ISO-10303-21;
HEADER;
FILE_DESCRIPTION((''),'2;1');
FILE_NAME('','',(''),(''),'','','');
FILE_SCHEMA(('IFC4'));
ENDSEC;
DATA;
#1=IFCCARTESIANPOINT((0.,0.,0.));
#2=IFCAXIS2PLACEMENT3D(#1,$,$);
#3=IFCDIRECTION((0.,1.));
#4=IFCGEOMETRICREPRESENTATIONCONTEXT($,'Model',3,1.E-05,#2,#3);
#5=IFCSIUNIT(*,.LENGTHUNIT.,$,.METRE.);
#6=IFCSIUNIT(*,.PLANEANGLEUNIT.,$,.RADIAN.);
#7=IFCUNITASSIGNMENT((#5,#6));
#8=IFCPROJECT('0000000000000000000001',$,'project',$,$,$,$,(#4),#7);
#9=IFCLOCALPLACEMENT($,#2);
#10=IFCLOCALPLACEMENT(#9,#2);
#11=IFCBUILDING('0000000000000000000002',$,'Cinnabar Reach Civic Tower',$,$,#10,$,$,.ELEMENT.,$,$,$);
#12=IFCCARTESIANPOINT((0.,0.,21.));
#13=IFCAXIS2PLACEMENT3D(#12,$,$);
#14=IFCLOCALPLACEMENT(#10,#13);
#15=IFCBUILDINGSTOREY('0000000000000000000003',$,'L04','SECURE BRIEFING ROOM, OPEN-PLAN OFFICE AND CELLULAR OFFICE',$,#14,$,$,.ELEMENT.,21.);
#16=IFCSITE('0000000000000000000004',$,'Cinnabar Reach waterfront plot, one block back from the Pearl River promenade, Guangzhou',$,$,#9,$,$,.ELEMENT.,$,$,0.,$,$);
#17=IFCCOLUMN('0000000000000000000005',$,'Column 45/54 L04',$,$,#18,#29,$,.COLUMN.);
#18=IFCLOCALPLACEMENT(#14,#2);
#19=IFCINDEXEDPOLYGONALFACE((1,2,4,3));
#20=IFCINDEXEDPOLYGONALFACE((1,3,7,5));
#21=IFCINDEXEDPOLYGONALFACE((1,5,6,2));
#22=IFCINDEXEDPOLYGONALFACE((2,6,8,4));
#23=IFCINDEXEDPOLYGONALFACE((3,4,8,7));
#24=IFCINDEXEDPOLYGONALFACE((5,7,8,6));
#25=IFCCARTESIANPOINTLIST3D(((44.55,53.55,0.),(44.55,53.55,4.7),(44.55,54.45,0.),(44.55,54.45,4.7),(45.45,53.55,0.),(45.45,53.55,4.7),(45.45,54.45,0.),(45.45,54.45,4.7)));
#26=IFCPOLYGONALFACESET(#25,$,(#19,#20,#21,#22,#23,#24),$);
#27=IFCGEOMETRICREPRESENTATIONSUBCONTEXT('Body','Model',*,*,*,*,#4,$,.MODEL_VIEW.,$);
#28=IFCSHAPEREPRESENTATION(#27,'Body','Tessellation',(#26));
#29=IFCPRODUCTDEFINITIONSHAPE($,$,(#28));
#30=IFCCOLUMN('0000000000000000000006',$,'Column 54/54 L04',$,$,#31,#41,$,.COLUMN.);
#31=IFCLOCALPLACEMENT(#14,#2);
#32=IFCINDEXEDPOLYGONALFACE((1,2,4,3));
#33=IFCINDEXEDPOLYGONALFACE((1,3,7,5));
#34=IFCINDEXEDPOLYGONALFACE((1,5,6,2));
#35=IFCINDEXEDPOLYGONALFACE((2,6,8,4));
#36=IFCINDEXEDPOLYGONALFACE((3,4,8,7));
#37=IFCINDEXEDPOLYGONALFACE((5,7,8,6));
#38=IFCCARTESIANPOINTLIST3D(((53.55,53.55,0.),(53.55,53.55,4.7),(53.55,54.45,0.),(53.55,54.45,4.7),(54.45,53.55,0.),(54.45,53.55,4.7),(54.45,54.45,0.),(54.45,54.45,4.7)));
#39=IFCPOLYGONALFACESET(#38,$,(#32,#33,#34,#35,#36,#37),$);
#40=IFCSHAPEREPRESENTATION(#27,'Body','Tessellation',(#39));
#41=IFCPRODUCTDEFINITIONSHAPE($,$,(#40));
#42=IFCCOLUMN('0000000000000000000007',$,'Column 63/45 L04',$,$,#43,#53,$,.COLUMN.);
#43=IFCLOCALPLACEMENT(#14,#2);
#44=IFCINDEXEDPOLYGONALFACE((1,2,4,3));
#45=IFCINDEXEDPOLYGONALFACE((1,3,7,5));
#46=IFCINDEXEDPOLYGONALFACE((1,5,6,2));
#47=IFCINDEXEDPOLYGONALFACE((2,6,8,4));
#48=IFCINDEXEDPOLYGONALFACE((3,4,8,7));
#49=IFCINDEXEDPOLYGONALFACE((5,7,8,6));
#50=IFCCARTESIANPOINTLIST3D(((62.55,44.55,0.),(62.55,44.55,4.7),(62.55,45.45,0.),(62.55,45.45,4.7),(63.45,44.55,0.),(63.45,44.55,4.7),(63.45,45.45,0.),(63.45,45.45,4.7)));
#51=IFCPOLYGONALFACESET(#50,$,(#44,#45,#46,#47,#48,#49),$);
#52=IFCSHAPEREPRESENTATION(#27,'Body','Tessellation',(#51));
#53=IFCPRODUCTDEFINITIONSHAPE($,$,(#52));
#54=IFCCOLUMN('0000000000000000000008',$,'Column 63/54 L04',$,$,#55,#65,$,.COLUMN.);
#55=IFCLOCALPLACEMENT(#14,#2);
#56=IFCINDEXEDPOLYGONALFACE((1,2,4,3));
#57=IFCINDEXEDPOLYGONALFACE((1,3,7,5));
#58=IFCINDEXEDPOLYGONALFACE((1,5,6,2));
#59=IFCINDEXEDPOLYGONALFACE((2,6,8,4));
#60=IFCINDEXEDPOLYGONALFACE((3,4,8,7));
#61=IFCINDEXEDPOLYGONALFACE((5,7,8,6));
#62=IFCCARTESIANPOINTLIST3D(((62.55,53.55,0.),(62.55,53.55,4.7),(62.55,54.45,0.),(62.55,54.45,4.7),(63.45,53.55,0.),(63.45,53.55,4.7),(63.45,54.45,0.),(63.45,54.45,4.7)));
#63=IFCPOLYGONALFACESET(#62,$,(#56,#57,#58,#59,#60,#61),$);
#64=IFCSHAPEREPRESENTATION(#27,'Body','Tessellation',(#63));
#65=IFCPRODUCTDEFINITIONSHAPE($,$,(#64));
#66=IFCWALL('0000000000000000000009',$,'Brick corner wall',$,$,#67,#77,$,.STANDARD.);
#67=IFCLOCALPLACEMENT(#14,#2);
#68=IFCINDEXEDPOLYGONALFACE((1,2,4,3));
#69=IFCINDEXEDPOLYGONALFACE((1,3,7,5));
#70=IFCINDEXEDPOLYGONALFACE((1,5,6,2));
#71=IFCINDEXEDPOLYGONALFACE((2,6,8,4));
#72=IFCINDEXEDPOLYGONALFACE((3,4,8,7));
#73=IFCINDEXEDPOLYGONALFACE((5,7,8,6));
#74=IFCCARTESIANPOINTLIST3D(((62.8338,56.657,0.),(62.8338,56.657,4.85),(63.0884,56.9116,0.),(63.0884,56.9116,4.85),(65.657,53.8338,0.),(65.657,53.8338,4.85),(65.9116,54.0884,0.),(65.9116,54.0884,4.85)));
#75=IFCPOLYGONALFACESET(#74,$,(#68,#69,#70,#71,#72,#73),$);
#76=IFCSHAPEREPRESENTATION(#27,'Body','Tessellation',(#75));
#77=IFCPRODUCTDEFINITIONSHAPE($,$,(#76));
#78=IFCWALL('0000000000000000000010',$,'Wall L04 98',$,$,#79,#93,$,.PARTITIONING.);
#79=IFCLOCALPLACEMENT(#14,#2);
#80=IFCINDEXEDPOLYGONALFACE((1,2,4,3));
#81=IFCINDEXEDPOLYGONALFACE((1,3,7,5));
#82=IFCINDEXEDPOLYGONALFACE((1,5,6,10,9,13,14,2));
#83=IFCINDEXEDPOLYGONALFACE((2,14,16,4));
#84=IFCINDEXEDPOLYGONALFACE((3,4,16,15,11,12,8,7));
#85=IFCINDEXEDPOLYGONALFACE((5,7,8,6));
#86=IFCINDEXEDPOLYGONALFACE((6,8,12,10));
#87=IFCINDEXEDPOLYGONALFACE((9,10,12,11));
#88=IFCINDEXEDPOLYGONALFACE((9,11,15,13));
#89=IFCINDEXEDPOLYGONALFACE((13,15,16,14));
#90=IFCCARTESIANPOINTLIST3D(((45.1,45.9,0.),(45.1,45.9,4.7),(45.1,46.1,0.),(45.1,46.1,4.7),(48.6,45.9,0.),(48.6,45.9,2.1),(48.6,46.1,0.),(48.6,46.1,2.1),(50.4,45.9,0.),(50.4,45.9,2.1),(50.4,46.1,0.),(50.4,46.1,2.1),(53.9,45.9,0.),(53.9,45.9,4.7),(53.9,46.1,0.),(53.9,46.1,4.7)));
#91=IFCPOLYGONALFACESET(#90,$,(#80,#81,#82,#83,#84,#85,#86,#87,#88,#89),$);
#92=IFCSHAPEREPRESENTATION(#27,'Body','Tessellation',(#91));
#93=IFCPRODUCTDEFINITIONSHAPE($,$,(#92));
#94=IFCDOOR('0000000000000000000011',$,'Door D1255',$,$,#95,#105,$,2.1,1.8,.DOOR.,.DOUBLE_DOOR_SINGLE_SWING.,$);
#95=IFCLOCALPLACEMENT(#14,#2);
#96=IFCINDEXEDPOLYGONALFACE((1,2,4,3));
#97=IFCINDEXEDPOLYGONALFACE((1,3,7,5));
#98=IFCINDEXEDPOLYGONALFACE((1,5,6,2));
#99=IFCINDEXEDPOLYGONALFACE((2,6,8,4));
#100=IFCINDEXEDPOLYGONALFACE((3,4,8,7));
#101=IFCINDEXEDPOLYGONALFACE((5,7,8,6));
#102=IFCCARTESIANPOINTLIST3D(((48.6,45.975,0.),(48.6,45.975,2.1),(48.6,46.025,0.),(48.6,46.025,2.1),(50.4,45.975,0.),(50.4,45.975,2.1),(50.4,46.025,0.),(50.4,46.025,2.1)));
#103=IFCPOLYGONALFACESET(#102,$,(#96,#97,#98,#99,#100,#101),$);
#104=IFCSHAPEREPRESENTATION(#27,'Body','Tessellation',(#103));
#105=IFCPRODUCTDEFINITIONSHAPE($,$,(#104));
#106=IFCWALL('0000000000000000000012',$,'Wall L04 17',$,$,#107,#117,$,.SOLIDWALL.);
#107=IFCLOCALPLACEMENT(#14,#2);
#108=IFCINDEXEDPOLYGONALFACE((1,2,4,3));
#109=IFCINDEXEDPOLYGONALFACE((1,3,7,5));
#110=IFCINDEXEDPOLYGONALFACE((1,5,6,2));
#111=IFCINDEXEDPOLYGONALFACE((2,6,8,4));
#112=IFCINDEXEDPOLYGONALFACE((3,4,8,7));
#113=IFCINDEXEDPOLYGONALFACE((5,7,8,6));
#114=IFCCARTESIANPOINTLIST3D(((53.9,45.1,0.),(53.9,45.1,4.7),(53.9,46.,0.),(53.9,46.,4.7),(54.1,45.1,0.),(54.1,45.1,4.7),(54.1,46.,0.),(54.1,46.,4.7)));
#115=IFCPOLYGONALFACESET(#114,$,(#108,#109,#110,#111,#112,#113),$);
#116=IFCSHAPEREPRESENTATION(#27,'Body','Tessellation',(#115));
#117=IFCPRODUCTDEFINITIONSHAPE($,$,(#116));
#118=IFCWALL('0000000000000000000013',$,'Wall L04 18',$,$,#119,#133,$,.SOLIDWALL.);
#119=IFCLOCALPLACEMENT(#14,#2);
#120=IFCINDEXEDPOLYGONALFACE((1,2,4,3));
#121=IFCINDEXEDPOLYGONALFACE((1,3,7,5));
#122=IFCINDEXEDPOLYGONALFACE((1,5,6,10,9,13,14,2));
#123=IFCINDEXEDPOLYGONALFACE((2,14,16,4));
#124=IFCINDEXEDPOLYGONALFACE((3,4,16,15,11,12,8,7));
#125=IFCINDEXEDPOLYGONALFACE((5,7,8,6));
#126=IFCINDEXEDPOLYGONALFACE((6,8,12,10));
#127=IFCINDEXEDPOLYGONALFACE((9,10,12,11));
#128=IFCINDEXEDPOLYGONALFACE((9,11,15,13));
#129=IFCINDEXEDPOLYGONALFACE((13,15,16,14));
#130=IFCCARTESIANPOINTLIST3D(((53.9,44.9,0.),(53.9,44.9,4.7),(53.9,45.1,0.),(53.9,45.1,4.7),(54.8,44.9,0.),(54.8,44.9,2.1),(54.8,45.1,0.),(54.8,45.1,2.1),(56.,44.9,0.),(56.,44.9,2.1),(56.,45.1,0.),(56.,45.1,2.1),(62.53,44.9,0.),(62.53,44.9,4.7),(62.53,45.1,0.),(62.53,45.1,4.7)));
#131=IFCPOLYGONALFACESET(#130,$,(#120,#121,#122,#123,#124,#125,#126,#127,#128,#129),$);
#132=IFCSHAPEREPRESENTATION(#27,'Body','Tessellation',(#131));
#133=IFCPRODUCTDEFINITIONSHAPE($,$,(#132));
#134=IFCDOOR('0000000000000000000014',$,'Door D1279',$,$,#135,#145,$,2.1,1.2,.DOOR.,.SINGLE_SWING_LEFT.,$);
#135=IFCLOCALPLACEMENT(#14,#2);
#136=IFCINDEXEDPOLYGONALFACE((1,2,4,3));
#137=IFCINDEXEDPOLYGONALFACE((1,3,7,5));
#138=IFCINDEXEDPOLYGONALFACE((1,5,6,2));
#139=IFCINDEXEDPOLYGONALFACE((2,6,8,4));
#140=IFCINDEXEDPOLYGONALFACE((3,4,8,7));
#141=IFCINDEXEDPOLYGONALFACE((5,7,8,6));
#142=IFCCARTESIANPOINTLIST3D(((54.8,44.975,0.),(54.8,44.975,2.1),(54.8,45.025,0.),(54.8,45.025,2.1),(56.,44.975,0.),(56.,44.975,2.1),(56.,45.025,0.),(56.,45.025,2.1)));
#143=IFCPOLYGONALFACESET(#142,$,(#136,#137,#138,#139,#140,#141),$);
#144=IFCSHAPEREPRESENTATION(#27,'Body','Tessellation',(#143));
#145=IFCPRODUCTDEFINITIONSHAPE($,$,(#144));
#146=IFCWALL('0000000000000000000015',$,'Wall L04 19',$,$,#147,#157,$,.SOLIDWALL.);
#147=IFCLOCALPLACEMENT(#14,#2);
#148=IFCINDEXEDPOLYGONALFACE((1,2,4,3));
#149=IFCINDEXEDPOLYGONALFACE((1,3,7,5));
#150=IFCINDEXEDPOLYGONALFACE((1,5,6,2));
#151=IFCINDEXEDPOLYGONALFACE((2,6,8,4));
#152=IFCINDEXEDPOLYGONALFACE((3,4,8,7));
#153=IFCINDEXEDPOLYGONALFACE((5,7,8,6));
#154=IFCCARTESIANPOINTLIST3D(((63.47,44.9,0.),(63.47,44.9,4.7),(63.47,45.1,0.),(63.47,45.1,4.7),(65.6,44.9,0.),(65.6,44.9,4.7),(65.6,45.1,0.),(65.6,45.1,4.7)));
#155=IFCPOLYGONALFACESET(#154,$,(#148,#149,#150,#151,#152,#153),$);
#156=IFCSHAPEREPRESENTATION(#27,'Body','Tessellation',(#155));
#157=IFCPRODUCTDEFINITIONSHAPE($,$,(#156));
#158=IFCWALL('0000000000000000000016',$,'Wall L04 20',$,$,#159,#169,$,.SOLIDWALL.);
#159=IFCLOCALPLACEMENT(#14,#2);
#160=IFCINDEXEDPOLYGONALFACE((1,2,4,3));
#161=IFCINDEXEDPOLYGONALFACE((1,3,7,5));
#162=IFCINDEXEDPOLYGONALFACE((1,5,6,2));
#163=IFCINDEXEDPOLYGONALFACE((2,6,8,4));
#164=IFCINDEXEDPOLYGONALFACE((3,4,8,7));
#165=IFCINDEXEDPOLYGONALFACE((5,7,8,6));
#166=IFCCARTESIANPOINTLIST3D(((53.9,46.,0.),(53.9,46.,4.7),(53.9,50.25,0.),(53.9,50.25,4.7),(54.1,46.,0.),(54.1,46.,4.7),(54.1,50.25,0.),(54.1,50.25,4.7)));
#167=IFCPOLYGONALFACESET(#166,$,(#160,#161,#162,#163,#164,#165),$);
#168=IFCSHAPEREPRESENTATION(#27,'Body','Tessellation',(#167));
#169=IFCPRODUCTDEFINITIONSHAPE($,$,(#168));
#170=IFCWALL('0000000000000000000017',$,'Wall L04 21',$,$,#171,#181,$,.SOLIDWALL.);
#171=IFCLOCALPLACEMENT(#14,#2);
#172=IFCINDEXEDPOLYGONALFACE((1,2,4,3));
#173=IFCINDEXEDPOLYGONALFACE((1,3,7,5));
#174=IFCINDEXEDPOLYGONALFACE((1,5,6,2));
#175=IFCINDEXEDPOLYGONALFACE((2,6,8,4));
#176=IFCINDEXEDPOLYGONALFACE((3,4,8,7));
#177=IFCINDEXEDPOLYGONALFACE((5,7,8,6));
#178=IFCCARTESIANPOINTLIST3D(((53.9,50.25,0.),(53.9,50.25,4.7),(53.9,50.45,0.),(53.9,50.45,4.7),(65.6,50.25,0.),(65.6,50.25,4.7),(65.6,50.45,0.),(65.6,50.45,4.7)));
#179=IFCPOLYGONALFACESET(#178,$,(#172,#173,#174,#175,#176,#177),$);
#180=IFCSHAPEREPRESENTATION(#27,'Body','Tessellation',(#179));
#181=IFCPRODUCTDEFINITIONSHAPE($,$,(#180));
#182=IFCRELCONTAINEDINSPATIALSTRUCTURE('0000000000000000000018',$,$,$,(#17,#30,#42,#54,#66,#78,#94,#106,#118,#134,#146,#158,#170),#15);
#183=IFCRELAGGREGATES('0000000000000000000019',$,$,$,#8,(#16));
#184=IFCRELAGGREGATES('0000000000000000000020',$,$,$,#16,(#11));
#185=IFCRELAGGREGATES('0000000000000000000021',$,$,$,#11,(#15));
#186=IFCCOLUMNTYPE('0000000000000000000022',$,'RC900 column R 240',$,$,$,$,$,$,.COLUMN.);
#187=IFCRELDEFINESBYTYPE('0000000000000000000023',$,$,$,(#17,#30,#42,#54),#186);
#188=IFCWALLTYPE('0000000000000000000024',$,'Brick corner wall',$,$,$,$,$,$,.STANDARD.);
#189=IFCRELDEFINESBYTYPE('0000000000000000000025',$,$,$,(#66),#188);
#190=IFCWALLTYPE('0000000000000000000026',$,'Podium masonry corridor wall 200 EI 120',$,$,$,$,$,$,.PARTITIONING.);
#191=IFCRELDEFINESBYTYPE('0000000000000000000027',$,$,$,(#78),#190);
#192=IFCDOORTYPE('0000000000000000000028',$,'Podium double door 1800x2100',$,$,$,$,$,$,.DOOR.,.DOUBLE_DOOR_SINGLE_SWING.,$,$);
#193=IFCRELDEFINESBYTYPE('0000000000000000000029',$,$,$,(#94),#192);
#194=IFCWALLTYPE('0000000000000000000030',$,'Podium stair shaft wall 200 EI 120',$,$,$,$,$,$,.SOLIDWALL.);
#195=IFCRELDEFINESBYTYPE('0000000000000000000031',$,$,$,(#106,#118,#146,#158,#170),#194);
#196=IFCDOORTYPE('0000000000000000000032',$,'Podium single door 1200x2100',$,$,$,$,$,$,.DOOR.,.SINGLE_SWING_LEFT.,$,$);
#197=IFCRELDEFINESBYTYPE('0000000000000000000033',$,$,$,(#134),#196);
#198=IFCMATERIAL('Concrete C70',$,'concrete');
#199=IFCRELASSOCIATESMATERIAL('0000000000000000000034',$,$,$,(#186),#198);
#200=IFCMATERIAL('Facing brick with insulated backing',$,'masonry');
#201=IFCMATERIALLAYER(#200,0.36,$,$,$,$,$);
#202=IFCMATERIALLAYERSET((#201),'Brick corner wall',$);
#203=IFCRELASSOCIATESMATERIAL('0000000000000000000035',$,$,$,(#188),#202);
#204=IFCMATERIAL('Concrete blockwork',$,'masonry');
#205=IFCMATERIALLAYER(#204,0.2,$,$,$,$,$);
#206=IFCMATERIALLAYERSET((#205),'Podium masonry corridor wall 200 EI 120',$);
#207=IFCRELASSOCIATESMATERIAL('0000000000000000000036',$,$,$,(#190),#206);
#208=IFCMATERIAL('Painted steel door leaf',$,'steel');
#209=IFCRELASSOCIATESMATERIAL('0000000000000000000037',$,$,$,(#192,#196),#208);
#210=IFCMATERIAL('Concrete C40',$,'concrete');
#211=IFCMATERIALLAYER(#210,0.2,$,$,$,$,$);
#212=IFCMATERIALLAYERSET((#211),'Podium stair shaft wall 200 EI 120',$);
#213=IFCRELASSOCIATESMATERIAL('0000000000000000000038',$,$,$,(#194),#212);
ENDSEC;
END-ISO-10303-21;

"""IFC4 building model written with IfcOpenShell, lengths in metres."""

from ifc_helpers import new_model, si_unit, direction, frame, frame_2d, origin, origin_2d, place, context, subcontext, project, spatial, rectangle, extrude, material, layer, layer_set, material_profile, profile_set, type_object, element, fill, save


model = new_model("IFC4")

# Units and contexts
model_context = context("Model", 3, precision=1e-05, world=origin(), true_north=direction((0.0, 1.0)))
body_context = subcontext(model_context, "Body", "Model", "MODEL_VIEW")
ifc_project = project(units=[si_unit("LENGTHUNIT", "METRE"), si_unit("PLANEANGLEUNIT", "RADIAN")], contexts=[model_context])

# Site, building, storey
site_placement = place(None, origin())
site = spatial("IfcSite", under=ifc_project, at=site_placement, Name="Cinnabar Reach waterfront plot, one block back from the Pearl River promenade, Guangzhou", CompositionType="ELEMENT", RefElevation=0.0)
building_placement = place(site_placement, origin())
building = spatial("IfcBuilding", under=site, at=building_placement, Name="Cinnabar Reach Civic Tower", CompositionType="ELEMENT")
storey_placement = place(building_placement, frame((0.0, 0.0, 21.0)))
storey = spatial("IfcBuildingStorey", under=building, at=storey_placement, Name="L04", Description="SECURE BRIEFING ROOM, OPEN-PLAN OFFICE AND CELLULAR OFFICE", CompositionType="ELEMENT", Elevation=21.0)

# Columns
ifc_material_1 = material(Name="Concrete C70", Category="concrete")
ifc_material_profile = material_profile(ifc_material_1, rectangle(XDim=0.9, YDim=0.9, at=origin_2d()), Name="RC900")
ifc_profile_set = profile_set([ifc_material_profile], Name="Concrete C70")
column_type = type_object("IfcColumnType", Name="RC900 column R 240", PredefinedType="COLUMN", material=ifc_profile_set)
for number, where, z_axis, x_axis, name in (
    (1, (45.0, 54.0, 0.0), (0.0, 0.0, 1.0), (1.0, 0.0, 0.0), "Column 45/54 L04"),
    (2, (54.0, 54.0, 0.0), (0.0, 0.0, 1.0), (1.0, 0.0, 0.0), "Column 54/54 L04"),
    (3, (63.0, 45.0, 0.0), (0.0, 0.0, 1.0), (1.0, 0.0, 0.0), "Column 63/45 L04"),
    (4, (63.0, 54.0, 0.0), (0.0, 0.0, 1.0), (1.0, 0.0, 0.0), "Column 63/54 L04"),
):
    element("IfcColumn", number, at=place(storey_placement, frame(where, z_axis=z_axis, x_axis=x_axis)), inside=storey, type_object=column_type, Name=name, PredefinedType="COLUMN", context=body_context, shape_type="SweptSolid", body=[
        extrude(rectangle(XDim=0.9, YDim=0.9, at=origin_2d()), origin(), (0.0, 0.0, 1.0), 4.7),
    ])

# Wall
ifc_material_2 = material(Name="Facing brick with insulated backing", Category="masonry")
ifc_layer_1 = layer(ifc_material_2, 0.36)
ifc_layer_set_1 = layer_set([ifc_layer_1], Name="Brick corner wall")
wall_type_1 = type_object("IfcWallType", Name="Brick corner wall", PredefinedType="STANDARD", material=ifc_layer_set_1)
wall_1_placement = place(storey_placement, frame((65.7843, 53.9611, 0.0), z_axis=(0.0, 0.0, 1.0), x_axis=(-0.707107, 0.707107, 0.0)))
element("IfcWall", 5, at=wall_1_placement, inside=storey, type_object=wall_type_1, Name="Brick corner wall", PredefinedType="STANDARD", context=body_context, shape_type="SweptSolid", body=[
    extrude(rectangle(XDim=3.9926, YDim=0.36, at=frame_2d((1.9963, 0.0))), origin(), (0.0, 0.0, 1.0), 4.85),
])

# Wall, opening, door
ifc_material_3 = material(Name="Concrete blockwork", Category="masonry")
ifc_layer_2 = layer(ifc_material_3, 0.2)
ifc_layer_set_2 = layer_set([ifc_layer_2], Name="Podium masonry corridor wall 200 EI 120")
wall_type_2 = type_object("IfcWallType", Name="Podium masonry corridor wall 200 EI 120", PredefinedType="PARTITIONING", material=ifc_layer_set_2)
wall_2_placement = place(storey_placement, frame((45.1, 46.0, 0.0), z_axis=(0.0, 0.0, 1.0), x_axis=(1.0, 0.0, 0.0)))
wall_2 = element("IfcWall", 6, at=wall_2_placement, inside=storey, type_object=wall_type_2, Name="Wall L04 98", PredefinedType="PARTITIONING", context=body_context, shape_type="SweptSolid", body=[
    extrude(rectangle(XDim=8.8, YDim=0.2, at=frame_2d((4.4, 0.0))), origin(), (0.0, 0.0, 1.0), 4.7),
])
opening_1_placement = place(wall_2_placement, frame((3.5, 0.0, 0.0)))
opening_1 = element("IfcOpeningElement", 7, at=opening_1_placement, cuts=wall_2, PredefinedType="OPENING", context=body_context, shape_type="SweptSolid", body=[
    extrude(rectangle(XDim=1.8, YDim=2.1, at=frame_2d((0.9, 1.05))), frame((0.0, 0.11, 0.0), z_axis=(0.0, -1.0, 0.0), x_axis=(1.0, 0.0, 0.0)), (0.0, 0.0, 1.0), 0.22),
])
ifc_material_4 = material(Name="Painted steel door leaf", Category="steel")
door_type_1 = type_object("IfcDoorType", Name="Podium double door 1800x2100", OperationType="DOUBLE_DOOR_SINGLE_SWING", PredefinedType="DOOR", material=ifc_material_4)
door_1_placement = place(opening_1_placement, origin())
door_1 = element("IfcDoor", 8, at=door_1_placement, inside=storey, type_object=door_type_1, Name="Door D1255", OperationType="DOUBLE_DOOR_SINGLE_SWING", OverallHeight=2.1, OverallWidth=1.8, PredefinedType="DOOR", context=body_context, shape_type="SweptSolid", body=[
    extrude(rectangle(XDim=1.8, YDim=2.1, at=frame_2d((0.9, 1.05))), frame((0.0, 0.025, 0.0), z_axis=(0.0, -1.0, 0.0), x_axis=(1.0, 0.0, 0.0)), (0.0, 0.0, 1.0), 0.05),
])
fill(opening_1, door_1)

# Wall
ifc_material_5 = material(Name="Concrete C40", Category="concrete")
ifc_layer_3 = layer(ifc_material_5, 0.2)
ifc_layer_set_3 = layer_set([ifc_layer_3], Name="Podium stair shaft wall 200 EI 120")
wall_type_3 = type_object("IfcWallType", Name="Podium stair shaft wall 200 EI 120", PredefinedType="SOLIDWALL", material=ifc_layer_set_3)
wall_3_placement = place(storey_placement, frame((54.0, 45.1, 0.0), z_axis=(0.0, 0.0, 1.0), x_axis=(0.0, 1.0, 0.0)))
element("IfcWall", 9, at=wall_3_placement, inside=storey, type_object=wall_type_3, Name="Wall L04 17", PredefinedType="SOLIDWALL", context=body_context, shape_type="SweptSolid", body=[
    extrude(rectangle(XDim=0.9, YDim=0.2, at=frame_2d((0.45, 0.0))), origin(), (0.0, 0.0, 1.0), 4.7),
])

# Wall, opening, door
wall_4_placement = place(storey_placement, frame((53.9, 45.0, 0.0), z_axis=(0.0, 0.0, 1.0), x_axis=(1.0, 0.0, 0.0)))
wall_4 = element("IfcWall", 10, at=wall_4_placement, inside=storey, type_object=wall_type_3, Name="Wall L04 18", PredefinedType="SOLIDWALL", context=body_context, shape_type="SweptSolid", body=[
    extrude(rectangle(XDim=8.63, YDim=0.2, at=frame_2d((4.315, 0.0))), origin(), (0.0, 0.0, 1.0), 4.7),
])
opening_2_placement = place(wall_4_placement, frame((0.9, 0.0, 0.0)))
opening_2 = element("IfcOpeningElement", 11, at=opening_2_placement, cuts=wall_4, PredefinedType="OPENING", context=body_context, shape_type="SweptSolid", body=[
    extrude(rectangle(XDim=1.2, YDim=2.1, at=frame_2d((0.6, 1.05))), frame((0.0, 0.11, 0.0), z_axis=(0.0, -1.0, 0.0), x_axis=(1.0, 0.0, 0.0)), (0.0, 0.0, 1.0), 0.22),
])
door_type_2 = type_object("IfcDoorType", Name="Podium single door 1200x2100", OperationType="SINGLE_SWING_LEFT", PredefinedType="DOOR", material=ifc_material_4)
door_2_placement = place(opening_2_placement, origin())
door_2 = element("IfcDoor", 12, at=door_2_placement, inside=storey, type_object=door_type_2, Name="Door D1279", OperationType="SINGLE_SWING_LEFT", OverallHeight=2.1, OverallWidth=1.2, PredefinedType="DOOR", context=body_context, shape_type="SweptSolid", body=[
    extrude(rectangle(XDim=1.2, YDim=2.1, at=frame_2d((0.6, 1.05))), frame((0.0, 0.025, 0.0), z_axis=(0.0, -1.0, 0.0), x_axis=(1.0, 0.0, 0.0)), (0.0, 0.0, 1.0), 0.05),
])
fill(opening_2, door_2)

# Walls
wall_5_placement = place(storey_placement, frame((63.47, 45.0, 0.0), z_axis=(0.0, 0.0, 1.0), x_axis=(1.0, 0.0, 0.0)))
element("IfcWall", 13, at=wall_5_placement, inside=storey, type_object=wall_type_3, Name="Wall L04 19", PredefinedType="SOLIDWALL", context=body_context, shape_type="SweptSolid", body=[
    extrude(rectangle(XDim=2.13, YDim=0.2, at=frame_2d((1.065, 0.0))), origin(), (0.0, 0.0, 1.0), 4.7),
])
wall_6_placement = place(storey_placement, frame((54.0, 46.0, 0.0), z_axis=(0.0, 0.0, 1.0), x_axis=(0.0, 1.0, 0.0)))
element("IfcWall", 14, at=wall_6_placement, inside=storey, type_object=wall_type_3, Name="Wall L04 20", PredefinedType="SOLIDWALL", context=body_context, shape_type="SweptSolid", body=[
    extrude(rectangle(XDim=4.25, YDim=0.2, at=frame_2d((2.125, 0.0))), origin(), (0.0, 0.0, 1.0), 4.7),
])
wall_7_placement = place(storey_placement, frame((53.9, 50.35, 0.0), z_axis=(0.0, 0.0, 1.0), x_axis=(1.0, 0.0, 0.0)))
element("IfcWall", 15, at=wall_7_placement, inside=storey, type_object=wall_type_3, Name="Wall L04 21", PredefinedType="SOLIDWALL", context=body_context, shape_type="SweptSolid", body=[
    extrude(rectangle(XDim=11.7, YDim=0.2, at=frame_2d((5.85, 0.0))), origin(), (0.0, 0.0, 1.0), 4.7),
])

save(model, "model.ifc")
